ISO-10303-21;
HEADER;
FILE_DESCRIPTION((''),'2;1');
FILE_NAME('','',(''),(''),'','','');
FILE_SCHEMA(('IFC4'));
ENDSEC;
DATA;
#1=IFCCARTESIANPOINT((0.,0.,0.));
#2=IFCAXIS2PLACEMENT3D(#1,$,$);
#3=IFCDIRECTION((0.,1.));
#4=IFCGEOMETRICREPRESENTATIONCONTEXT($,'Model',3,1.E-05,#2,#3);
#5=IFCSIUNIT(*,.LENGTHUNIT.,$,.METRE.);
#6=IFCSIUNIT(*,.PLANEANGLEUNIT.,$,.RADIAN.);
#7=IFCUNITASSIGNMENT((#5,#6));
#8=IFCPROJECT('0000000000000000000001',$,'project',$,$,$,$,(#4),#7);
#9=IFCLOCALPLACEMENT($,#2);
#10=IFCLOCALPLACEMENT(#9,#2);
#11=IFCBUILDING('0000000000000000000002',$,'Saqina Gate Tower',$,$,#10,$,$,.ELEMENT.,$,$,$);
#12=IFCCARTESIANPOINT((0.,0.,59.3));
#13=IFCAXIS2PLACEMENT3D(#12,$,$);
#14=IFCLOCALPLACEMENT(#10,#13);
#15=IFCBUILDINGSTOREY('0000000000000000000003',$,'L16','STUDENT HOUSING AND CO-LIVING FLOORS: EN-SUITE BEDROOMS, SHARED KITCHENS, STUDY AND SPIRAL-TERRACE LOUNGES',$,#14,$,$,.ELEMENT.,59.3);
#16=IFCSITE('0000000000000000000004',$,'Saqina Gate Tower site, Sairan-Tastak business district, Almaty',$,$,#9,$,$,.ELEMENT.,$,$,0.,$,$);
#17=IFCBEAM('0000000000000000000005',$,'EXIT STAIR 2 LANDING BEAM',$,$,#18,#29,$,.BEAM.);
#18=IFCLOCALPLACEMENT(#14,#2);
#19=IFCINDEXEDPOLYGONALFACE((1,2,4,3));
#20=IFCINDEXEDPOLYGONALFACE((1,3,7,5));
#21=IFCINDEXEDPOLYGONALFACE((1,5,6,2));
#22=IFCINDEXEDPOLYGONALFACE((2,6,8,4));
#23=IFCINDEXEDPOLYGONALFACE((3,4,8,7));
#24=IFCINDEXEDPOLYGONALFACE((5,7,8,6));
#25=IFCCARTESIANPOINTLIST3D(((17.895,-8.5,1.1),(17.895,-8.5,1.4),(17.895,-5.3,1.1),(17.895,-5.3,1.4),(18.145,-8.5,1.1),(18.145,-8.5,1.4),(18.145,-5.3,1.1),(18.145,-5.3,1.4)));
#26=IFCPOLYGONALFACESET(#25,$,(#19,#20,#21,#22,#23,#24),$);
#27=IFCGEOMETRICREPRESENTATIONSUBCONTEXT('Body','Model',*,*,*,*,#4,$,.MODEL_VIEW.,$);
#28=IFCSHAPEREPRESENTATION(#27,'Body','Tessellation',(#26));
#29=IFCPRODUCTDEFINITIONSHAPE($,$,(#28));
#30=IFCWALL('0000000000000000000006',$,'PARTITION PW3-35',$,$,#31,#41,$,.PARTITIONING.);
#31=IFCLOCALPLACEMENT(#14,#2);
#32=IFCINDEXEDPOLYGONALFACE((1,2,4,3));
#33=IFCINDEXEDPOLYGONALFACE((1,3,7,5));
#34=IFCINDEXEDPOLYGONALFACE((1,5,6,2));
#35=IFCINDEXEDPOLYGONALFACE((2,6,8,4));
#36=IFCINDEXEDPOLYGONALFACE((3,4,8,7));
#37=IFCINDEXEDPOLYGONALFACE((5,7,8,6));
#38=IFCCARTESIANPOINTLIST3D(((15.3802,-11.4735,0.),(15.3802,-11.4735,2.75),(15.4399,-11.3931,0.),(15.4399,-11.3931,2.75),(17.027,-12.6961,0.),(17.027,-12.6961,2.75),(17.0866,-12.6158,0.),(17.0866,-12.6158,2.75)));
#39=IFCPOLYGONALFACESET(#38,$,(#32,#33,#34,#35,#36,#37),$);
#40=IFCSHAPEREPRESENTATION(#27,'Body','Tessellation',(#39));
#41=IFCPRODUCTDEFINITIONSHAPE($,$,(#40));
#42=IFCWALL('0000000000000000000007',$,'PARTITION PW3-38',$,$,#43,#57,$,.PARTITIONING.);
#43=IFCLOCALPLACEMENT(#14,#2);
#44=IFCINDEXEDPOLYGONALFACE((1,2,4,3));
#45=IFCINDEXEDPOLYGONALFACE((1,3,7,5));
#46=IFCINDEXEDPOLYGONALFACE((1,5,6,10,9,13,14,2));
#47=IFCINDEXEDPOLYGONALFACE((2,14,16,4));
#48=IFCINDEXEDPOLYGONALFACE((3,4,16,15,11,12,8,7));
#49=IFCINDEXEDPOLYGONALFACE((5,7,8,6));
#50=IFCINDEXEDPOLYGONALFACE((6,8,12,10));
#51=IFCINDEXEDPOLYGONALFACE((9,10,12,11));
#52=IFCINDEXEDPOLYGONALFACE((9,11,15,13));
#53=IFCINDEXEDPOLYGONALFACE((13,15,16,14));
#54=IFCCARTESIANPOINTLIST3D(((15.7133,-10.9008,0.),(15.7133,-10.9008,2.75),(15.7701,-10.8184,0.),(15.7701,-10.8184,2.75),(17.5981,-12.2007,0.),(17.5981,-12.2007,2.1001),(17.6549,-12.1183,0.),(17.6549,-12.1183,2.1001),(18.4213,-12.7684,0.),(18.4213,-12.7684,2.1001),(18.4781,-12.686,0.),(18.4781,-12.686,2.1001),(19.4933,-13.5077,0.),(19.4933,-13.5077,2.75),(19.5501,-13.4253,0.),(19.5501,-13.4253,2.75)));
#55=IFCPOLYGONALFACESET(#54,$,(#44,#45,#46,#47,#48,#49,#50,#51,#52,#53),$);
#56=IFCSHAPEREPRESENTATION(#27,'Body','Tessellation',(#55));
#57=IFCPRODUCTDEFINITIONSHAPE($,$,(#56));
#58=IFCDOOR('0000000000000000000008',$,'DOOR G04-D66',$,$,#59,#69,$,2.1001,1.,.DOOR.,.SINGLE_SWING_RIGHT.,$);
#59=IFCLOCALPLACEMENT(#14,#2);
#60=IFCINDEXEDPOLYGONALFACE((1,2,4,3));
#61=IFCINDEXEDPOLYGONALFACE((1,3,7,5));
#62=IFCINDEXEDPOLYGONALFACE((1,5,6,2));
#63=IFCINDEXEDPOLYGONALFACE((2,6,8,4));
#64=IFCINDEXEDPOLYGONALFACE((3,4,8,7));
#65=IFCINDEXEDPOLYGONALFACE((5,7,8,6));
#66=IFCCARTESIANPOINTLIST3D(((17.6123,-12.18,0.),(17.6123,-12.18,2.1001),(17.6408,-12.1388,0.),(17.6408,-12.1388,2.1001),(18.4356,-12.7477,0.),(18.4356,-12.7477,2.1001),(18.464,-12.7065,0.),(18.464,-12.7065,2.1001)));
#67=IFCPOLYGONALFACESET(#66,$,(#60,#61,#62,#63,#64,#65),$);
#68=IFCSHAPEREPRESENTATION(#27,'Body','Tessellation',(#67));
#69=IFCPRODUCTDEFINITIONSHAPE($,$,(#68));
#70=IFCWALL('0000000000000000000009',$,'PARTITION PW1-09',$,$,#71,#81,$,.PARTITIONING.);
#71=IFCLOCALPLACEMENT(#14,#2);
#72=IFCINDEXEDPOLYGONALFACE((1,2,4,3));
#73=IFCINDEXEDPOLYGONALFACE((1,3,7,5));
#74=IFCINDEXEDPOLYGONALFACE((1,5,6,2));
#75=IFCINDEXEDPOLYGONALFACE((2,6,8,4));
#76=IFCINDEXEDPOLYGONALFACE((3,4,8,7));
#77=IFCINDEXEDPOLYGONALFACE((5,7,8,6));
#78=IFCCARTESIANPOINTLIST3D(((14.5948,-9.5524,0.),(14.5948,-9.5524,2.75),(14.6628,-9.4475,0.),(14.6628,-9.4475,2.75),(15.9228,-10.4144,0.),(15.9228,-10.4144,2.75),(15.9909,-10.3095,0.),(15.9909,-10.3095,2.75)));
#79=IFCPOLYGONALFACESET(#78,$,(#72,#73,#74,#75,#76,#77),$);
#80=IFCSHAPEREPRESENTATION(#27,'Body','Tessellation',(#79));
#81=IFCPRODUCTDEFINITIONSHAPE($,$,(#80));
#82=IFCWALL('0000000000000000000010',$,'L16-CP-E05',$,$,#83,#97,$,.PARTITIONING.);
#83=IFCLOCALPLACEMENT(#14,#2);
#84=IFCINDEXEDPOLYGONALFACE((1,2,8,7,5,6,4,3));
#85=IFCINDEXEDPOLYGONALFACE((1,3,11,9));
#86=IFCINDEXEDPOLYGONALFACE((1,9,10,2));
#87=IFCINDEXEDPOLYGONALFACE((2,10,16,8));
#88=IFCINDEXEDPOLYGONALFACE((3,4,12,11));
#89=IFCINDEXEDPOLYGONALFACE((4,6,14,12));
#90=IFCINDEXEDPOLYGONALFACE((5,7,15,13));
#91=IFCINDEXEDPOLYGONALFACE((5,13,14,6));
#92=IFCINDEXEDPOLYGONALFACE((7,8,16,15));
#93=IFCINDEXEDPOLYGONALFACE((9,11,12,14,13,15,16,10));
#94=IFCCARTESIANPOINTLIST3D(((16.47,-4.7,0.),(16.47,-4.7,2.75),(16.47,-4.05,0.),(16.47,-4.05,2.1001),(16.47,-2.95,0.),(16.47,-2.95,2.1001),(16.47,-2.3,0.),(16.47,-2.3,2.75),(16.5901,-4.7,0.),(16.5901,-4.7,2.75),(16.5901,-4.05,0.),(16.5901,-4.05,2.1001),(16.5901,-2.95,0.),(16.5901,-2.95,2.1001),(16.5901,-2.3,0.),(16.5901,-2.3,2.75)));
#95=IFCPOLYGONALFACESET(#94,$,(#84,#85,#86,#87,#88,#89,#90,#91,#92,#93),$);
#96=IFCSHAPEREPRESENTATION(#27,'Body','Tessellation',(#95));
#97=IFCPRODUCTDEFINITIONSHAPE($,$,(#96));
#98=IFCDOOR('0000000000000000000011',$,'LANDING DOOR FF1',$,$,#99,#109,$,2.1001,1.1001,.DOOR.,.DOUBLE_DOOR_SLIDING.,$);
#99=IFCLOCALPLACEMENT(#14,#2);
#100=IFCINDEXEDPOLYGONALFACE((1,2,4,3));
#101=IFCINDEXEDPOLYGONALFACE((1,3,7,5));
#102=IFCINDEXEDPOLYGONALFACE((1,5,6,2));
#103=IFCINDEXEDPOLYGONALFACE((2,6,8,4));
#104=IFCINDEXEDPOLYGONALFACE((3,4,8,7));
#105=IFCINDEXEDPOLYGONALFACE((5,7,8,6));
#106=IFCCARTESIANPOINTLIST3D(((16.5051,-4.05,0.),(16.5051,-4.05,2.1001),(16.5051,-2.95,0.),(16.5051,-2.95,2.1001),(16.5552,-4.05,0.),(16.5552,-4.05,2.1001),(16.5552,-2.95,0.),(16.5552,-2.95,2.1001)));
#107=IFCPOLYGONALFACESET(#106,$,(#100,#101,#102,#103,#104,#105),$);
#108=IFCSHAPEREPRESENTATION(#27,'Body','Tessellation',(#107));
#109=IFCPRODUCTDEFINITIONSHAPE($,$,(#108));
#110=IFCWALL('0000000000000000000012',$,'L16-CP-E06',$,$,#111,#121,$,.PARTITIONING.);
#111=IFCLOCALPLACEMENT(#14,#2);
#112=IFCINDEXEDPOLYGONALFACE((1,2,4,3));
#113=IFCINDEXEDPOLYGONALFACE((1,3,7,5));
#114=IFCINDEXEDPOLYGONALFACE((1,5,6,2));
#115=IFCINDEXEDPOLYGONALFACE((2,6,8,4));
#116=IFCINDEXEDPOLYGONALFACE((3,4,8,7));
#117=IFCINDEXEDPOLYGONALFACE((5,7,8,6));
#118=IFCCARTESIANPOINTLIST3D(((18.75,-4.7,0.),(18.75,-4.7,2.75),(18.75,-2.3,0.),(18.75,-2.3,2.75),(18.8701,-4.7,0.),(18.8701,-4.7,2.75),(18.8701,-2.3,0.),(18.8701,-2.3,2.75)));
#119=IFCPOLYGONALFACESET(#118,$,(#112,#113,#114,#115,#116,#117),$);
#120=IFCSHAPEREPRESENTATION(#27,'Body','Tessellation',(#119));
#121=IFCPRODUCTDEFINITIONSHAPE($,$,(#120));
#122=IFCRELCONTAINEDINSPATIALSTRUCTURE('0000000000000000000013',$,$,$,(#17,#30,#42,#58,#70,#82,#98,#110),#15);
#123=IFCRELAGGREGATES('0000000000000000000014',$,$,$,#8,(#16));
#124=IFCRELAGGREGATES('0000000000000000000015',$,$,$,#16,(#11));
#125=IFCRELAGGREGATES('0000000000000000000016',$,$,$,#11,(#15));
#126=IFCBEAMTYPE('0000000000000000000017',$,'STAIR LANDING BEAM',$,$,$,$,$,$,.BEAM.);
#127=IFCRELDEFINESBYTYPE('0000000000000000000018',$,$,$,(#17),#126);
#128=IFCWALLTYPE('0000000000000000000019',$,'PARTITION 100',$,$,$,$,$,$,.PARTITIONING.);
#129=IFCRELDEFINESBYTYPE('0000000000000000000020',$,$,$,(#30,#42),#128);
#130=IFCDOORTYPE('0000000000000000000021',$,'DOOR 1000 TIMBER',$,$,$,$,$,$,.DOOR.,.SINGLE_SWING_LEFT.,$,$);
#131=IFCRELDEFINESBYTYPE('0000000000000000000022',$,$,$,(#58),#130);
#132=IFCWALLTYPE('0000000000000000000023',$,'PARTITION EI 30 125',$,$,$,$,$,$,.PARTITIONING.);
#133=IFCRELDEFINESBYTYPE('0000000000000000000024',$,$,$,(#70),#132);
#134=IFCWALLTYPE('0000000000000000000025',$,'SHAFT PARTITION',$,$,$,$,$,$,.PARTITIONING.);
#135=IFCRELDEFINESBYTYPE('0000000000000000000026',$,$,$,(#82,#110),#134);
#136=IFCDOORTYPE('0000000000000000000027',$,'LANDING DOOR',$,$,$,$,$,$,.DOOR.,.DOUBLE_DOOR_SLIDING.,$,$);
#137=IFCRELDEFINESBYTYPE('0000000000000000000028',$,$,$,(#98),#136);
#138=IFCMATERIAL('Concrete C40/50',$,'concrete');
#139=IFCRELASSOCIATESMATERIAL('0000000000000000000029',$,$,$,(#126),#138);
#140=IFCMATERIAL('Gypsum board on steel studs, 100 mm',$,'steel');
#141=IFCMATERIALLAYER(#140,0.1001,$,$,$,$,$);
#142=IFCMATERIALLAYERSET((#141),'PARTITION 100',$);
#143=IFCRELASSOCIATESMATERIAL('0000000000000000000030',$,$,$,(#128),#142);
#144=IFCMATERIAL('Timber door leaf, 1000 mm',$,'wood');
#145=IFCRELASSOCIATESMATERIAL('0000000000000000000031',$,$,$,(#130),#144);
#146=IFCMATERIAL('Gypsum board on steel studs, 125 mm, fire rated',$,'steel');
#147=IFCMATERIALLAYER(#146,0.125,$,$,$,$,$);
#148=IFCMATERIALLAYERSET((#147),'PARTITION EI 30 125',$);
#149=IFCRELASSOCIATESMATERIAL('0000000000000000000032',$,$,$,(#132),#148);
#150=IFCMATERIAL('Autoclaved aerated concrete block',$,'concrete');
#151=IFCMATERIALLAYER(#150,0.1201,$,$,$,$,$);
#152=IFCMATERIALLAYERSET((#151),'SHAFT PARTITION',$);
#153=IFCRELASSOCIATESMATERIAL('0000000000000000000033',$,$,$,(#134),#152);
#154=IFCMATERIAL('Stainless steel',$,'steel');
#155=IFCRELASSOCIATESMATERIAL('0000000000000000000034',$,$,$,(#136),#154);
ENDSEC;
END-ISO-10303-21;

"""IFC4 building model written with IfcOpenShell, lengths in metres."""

from ifc_helpers import new_model, si_unit, direction, frame, frame_2d, origin, origin_2d, place, context, subcontext, project, spatial, rectangle, extrude, material, layer, layer_set, material_profile, profile_set, type_object, element, fill, save


model = new_model("IFC4")

# Units and contexts
model_context = context("Model", 3, precision=1e-05, world=origin(), true_north=direction((0.0, 1.0)))
body_context = subcontext(model_context, "Body", "Model", "MODEL_VIEW")
ifc_project = project(units=[si_unit("LENGTHUNIT", "METRE"), si_unit("PLANEANGLEUNIT", "RADIAN")], contexts=[model_context])

# Site, building, storey
site_placement = place(None, origin())
site = spatial("IfcSite", under=ifc_project, at=site_placement, Name="Saqina Gate Tower site, Sairan-Tastak business district, Almaty", CompositionType="ELEMENT", RefElevation=0.0)
building_placement = place(site_placement, origin())
building = spatial("IfcBuilding", under=site, at=building_placement, Name="Saqina Gate Tower", CompositionType="ELEMENT")
storey_placement = place(building_placement, frame((0.0, 0.0, 59.3)))
storey = spatial("IfcBuildingStorey", under=building, at=storey_placement, Name="L16", Description="STUDENT HOUSING AND CO-LIVING FLOORS: EN-SUITE BEDROOMS, SHARED KITCHENS, STUDY AND SPIRAL-TERRACE LOUNGES", CompositionType="ELEMENT", Elevation=59.3)

# Beam
ifc_material_1 = material(Name="Concrete C40/50", Category="concrete")
ifc_material_profile = material_profile(ifc_material_1, rectangle(XDim=0.25, YDim=0.3, at=origin_2d()), Name="STAIR LANDING BEAM")
ifc_profile_set = profile_set([ifc_material_profile], Name="Concrete C40/50")
beam_type = type_object("IfcBeamType", Name="STAIR LANDING BEAM", PredefinedType="BEAM", material=ifc_profile_set)
beam_placement = place(storey_placement, frame((18.02, -8.5, 1.25), z_axis=(0.0, 1.0, 0.0), x_axis=(-1.0, 0.0, 0.0)))
element("IfcBeam", 1, at=beam_placement, inside=storey, type_object=beam_type, Name="EXIT STAIR 2 LANDING BEAM", PredefinedType="BEAM", context=body_context, shape_type="SweptSolid", body=[
    extrude(rectangle(XDim=0.25, YDim=0.3, at=origin_2d()), origin(), (0.0, 0.0, 1.0), 3.2),
])

# Wall
ifc_material_2 = material(Name="Gypsum board on steel studs, 100 mm", Category="steel")
ifc_layer_1 = layer(ifc_material_2, 0.1001)
ifc_layer_set_1 = layer_set([ifc_layer_1], Name="PARTITION 100")
wall_type_1 = type_object("IfcWallType", Name="PARTITION 100", PredefinedType="PARTITIONING", material=ifc_layer_set_1)
wall_1_placement = place(storey_placement, frame((15.4102, -11.4333, 0.0), z_axis=(0.0, 0.0, 1.0), x_axis=(0.80289, -0.596127, 0.0)))
element("IfcWall", 2, at=wall_1_placement, inside=storey, type_object=wall_type_1, Name="PARTITION PW3-35", PredefinedType="PARTITIONING", context=body_context, shape_type="SweptSolid", body=[
    extrude(rectangle(XDim=2.051, YDim=0.1001, at=frame_2d((1.0254, 0.0))), origin(), (0.0, 0.0, 1.0), 2.75),
])

# Wall, opening, door
wall_2_placement = place(storey_placement, frame((15.7417, -10.8596, 0.0), z_axis=(0.0, 0.0, 1.0), x_axis=(0.823211, -0.567735, 0.0)))
wall_2 = element("IfcWall", 3, at=wall_2_placement, inside=storey, type_object=wall_type_1, Name="PARTITION PW3-38", PredefinedType="PARTITIONING", context=body_context, shape_type="SweptSolid", body=[
    extrude(rectangle(XDim=4.5918, YDim=0.1001, at=frame_2d((2.2959, 0.0))), origin(), (0.0, 0.0, 1.0), 2.75),
])
opening_1_placement = place(wall_2_placement, frame((2.2896, 0.0, 0.0)))
opening_1 = element("IfcOpeningElement", 4, at=opening_1_placement, cuts=wall_2, PredefinedType="OPENING", context=body_context, shape_type="SweptSolid", body=[
    extrude(rectangle(XDim=1.0, YDim=2.1001, at=frame_2d((0.5, 1.05))), frame((0.0, 0.062, 0.0), z_axis=(0.0, -1.0, 0.0), x_axis=(1.0, 0.0, 0.0)), (0.0, 0.0, 1.0), 0.124),
])
ifc_material_3 = material(Name="Timber door leaf, 1000 mm", Category="wood")
door_type_1 = type_object("IfcDoorType", Name="DOOR 1000 TIMBER", OperationType="SINGLE_SWING_LEFT", PredefinedType="DOOR", material=ifc_material_3)
door_1_placement = place(opening_1_placement, frame((1.0, 0.0, 0.0), z_axis=(0.0, 0.0, 1.0), x_axis=(-1.0, 0.0, 0.0)))
door_1 = element("IfcDoor", 5, at=door_1_placement, inside=storey, type_object=door_type_1, Name="DOOR G04-D66", OperationType="SINGLE_SWING_RIGHT", OverallHeight=2.1001, OverallWidth=1.0, PredefinedType="DOOR", context=body_context, shape_type="SweptSolid", body=[
    extrude(rectangle(XDim=1.0, YDim=2.1001, at=frame_2d((0.5, 1.05))), frame((0.0, 0.0249, 0.0), z_axis=(0.0, -1.0, 0.0), x_axis=(1.0, 0.0, 0.0)), (0.0, 0.0, 1.0), 0.05),
])
fill(opening_1, door_1)

# Wall
ifc_material_4 = material(Name="Gypsum board on steel studs, 125 mm, fire rated", Category="steel")
ifc_layer_2 = layer(ifc_material_4, 0.125)
ifc_layer_set_2 = layer_set([ifc_layer_2], Name="PARTITION EI 30 125")
wall_type_2 = type_object("IfcWallType", Name="PARTITION EI 30 125", PredefinedType="PARTITIONING", material=ifc_layer_set_2)
wall_3_placement = place(storey_placement, frame((14.6289, -9.5, 0.0), z_axis=(0.0, 0.0, 1.0), x_axis=(0.838796, -0.544446, 0.0)))
element("IfcWall", 6, at=wall_3_placement, inside=storey, type_object=wall_type_2, Name="PARTITION PW1-09", PredefinedType="PARTITIONING", context=body_context, shape_type="SweptSolid", body=[
    extrude(rectangle(XDim=1.5833, YDim=0.125, at=frame_2d((0.7915, 0.0))), origin(), (0.0, 0.0, 1.0), 2.75),
])

# Wall, opening, door
ifc_material_5 = material(Name="Autoclaved aerated concrete block", Category="concrete")
ifc_layer_3 = layer(ifc_material_5, 0.1201)
ifc_layer_set_3 = layer_set([ifc_layer_3], Name="SHAFT PARTITION")
wall_type_3 = type_object("IfcWallType", Name="SHAFT PARTITION", PredefinedType="PARTITIONING", material=ifc_layer_set_3)
wall_4_placement = place(storey_placement, frame((16.53, -4.7, 0.0), z_axis=(0.0, 0.0, 1.0), x_axis=(0.0, 1.0, 0.0)))
wall_4 = element("IfcWall", 7, at=wall_4_placement, inside=storey, type_object=wall_type_3, Name="L16-CP-E05", PredefinedType="PARTITIONING", context=body_context, shape_type="SweptSolid", body=[
    extrude(rectangle(XDim=2.3999, YDim=0.1201, at=frame_2d((1.2, 0.0))), origin(), (0.0, 0.0, 1.0), 2.75),
])
opening_2_placement = place(wall_4_placement, frame((0.6499, 0.0, 0.0)))
opening_2 = element("IfcOpeningElement", 8, at=opening_2_placement, cuts=wall_4, PredefinedType="OPENING", context=body_context, shape_type="SweptSolid", body=[
    extrude(rectangle(XDim=1.1001, YDim=2.1001, at=frame_2d((0.55, 1.05))), frame((0.0, 0.072, 0.0), z_axis=(0.0, -1.0, 0.0), x_axis=(1.0, 0.0, 0.0)), (0.0, 0.0, 1.0), 0.144),
])
ifc_material_6 = material(Name="Stainless steel", Category="steel")
door_type_2 = type_object("IfcDoorType", Name="LANDING DOOR", OperationType="DOUBLE_DOOR_SLIDING", PredefinedType="DOOR", material=ifc_material_6)
door_2_placement = place(opening_2_placement, origin())
door_2 = element("IfcDoor", 9, at=door_2_placement, inside=storey, type_object=door_type_2, Name="LANDING DOOR FF1", OperationType="DOUBLE_DOOR_SLIDING", OverallHeight=2.1001, OverallWidth=1.1001, PredefinedType="DOOR", context=body_context, shape_type="SweptSolid", body=[
    extrude(rectangle(XDim=1.1001, YDim=2.1001, at=frame_2d((0.55, 1.05))), frame((0.0, 0.0249, 0.0), z_axis=(0.0, -1.0, 0.0), x_axis=(1.0, 0.0, 0.0)), (0.0, 0.0, 1.0), 0.05),
])
fill(opening_2, door_2)

# Wall
wall_5_placement = place(storey_placement, frame((18.8101, -4.7, 0.0), z_axis=(0.0, 0.0, 1.0), x_axis=(0.0, 1.0, 0.0)))
element("IfcWall", 10, at=wall_5_placement, inside=storey, type_object=wall_type_3, Name="L16-CP-E06", PredefinedType="PARTITIONING", context=body_context, shape_type="SweptSolid", body=[
    extrude(rectangle(XDim=2.3999, YDim=0.1201, at=frame_2d((1.2, 0.0))), origin(), (0.0, 0.0, 1.0), 2.75),
])

save(model, "model.ifc")
